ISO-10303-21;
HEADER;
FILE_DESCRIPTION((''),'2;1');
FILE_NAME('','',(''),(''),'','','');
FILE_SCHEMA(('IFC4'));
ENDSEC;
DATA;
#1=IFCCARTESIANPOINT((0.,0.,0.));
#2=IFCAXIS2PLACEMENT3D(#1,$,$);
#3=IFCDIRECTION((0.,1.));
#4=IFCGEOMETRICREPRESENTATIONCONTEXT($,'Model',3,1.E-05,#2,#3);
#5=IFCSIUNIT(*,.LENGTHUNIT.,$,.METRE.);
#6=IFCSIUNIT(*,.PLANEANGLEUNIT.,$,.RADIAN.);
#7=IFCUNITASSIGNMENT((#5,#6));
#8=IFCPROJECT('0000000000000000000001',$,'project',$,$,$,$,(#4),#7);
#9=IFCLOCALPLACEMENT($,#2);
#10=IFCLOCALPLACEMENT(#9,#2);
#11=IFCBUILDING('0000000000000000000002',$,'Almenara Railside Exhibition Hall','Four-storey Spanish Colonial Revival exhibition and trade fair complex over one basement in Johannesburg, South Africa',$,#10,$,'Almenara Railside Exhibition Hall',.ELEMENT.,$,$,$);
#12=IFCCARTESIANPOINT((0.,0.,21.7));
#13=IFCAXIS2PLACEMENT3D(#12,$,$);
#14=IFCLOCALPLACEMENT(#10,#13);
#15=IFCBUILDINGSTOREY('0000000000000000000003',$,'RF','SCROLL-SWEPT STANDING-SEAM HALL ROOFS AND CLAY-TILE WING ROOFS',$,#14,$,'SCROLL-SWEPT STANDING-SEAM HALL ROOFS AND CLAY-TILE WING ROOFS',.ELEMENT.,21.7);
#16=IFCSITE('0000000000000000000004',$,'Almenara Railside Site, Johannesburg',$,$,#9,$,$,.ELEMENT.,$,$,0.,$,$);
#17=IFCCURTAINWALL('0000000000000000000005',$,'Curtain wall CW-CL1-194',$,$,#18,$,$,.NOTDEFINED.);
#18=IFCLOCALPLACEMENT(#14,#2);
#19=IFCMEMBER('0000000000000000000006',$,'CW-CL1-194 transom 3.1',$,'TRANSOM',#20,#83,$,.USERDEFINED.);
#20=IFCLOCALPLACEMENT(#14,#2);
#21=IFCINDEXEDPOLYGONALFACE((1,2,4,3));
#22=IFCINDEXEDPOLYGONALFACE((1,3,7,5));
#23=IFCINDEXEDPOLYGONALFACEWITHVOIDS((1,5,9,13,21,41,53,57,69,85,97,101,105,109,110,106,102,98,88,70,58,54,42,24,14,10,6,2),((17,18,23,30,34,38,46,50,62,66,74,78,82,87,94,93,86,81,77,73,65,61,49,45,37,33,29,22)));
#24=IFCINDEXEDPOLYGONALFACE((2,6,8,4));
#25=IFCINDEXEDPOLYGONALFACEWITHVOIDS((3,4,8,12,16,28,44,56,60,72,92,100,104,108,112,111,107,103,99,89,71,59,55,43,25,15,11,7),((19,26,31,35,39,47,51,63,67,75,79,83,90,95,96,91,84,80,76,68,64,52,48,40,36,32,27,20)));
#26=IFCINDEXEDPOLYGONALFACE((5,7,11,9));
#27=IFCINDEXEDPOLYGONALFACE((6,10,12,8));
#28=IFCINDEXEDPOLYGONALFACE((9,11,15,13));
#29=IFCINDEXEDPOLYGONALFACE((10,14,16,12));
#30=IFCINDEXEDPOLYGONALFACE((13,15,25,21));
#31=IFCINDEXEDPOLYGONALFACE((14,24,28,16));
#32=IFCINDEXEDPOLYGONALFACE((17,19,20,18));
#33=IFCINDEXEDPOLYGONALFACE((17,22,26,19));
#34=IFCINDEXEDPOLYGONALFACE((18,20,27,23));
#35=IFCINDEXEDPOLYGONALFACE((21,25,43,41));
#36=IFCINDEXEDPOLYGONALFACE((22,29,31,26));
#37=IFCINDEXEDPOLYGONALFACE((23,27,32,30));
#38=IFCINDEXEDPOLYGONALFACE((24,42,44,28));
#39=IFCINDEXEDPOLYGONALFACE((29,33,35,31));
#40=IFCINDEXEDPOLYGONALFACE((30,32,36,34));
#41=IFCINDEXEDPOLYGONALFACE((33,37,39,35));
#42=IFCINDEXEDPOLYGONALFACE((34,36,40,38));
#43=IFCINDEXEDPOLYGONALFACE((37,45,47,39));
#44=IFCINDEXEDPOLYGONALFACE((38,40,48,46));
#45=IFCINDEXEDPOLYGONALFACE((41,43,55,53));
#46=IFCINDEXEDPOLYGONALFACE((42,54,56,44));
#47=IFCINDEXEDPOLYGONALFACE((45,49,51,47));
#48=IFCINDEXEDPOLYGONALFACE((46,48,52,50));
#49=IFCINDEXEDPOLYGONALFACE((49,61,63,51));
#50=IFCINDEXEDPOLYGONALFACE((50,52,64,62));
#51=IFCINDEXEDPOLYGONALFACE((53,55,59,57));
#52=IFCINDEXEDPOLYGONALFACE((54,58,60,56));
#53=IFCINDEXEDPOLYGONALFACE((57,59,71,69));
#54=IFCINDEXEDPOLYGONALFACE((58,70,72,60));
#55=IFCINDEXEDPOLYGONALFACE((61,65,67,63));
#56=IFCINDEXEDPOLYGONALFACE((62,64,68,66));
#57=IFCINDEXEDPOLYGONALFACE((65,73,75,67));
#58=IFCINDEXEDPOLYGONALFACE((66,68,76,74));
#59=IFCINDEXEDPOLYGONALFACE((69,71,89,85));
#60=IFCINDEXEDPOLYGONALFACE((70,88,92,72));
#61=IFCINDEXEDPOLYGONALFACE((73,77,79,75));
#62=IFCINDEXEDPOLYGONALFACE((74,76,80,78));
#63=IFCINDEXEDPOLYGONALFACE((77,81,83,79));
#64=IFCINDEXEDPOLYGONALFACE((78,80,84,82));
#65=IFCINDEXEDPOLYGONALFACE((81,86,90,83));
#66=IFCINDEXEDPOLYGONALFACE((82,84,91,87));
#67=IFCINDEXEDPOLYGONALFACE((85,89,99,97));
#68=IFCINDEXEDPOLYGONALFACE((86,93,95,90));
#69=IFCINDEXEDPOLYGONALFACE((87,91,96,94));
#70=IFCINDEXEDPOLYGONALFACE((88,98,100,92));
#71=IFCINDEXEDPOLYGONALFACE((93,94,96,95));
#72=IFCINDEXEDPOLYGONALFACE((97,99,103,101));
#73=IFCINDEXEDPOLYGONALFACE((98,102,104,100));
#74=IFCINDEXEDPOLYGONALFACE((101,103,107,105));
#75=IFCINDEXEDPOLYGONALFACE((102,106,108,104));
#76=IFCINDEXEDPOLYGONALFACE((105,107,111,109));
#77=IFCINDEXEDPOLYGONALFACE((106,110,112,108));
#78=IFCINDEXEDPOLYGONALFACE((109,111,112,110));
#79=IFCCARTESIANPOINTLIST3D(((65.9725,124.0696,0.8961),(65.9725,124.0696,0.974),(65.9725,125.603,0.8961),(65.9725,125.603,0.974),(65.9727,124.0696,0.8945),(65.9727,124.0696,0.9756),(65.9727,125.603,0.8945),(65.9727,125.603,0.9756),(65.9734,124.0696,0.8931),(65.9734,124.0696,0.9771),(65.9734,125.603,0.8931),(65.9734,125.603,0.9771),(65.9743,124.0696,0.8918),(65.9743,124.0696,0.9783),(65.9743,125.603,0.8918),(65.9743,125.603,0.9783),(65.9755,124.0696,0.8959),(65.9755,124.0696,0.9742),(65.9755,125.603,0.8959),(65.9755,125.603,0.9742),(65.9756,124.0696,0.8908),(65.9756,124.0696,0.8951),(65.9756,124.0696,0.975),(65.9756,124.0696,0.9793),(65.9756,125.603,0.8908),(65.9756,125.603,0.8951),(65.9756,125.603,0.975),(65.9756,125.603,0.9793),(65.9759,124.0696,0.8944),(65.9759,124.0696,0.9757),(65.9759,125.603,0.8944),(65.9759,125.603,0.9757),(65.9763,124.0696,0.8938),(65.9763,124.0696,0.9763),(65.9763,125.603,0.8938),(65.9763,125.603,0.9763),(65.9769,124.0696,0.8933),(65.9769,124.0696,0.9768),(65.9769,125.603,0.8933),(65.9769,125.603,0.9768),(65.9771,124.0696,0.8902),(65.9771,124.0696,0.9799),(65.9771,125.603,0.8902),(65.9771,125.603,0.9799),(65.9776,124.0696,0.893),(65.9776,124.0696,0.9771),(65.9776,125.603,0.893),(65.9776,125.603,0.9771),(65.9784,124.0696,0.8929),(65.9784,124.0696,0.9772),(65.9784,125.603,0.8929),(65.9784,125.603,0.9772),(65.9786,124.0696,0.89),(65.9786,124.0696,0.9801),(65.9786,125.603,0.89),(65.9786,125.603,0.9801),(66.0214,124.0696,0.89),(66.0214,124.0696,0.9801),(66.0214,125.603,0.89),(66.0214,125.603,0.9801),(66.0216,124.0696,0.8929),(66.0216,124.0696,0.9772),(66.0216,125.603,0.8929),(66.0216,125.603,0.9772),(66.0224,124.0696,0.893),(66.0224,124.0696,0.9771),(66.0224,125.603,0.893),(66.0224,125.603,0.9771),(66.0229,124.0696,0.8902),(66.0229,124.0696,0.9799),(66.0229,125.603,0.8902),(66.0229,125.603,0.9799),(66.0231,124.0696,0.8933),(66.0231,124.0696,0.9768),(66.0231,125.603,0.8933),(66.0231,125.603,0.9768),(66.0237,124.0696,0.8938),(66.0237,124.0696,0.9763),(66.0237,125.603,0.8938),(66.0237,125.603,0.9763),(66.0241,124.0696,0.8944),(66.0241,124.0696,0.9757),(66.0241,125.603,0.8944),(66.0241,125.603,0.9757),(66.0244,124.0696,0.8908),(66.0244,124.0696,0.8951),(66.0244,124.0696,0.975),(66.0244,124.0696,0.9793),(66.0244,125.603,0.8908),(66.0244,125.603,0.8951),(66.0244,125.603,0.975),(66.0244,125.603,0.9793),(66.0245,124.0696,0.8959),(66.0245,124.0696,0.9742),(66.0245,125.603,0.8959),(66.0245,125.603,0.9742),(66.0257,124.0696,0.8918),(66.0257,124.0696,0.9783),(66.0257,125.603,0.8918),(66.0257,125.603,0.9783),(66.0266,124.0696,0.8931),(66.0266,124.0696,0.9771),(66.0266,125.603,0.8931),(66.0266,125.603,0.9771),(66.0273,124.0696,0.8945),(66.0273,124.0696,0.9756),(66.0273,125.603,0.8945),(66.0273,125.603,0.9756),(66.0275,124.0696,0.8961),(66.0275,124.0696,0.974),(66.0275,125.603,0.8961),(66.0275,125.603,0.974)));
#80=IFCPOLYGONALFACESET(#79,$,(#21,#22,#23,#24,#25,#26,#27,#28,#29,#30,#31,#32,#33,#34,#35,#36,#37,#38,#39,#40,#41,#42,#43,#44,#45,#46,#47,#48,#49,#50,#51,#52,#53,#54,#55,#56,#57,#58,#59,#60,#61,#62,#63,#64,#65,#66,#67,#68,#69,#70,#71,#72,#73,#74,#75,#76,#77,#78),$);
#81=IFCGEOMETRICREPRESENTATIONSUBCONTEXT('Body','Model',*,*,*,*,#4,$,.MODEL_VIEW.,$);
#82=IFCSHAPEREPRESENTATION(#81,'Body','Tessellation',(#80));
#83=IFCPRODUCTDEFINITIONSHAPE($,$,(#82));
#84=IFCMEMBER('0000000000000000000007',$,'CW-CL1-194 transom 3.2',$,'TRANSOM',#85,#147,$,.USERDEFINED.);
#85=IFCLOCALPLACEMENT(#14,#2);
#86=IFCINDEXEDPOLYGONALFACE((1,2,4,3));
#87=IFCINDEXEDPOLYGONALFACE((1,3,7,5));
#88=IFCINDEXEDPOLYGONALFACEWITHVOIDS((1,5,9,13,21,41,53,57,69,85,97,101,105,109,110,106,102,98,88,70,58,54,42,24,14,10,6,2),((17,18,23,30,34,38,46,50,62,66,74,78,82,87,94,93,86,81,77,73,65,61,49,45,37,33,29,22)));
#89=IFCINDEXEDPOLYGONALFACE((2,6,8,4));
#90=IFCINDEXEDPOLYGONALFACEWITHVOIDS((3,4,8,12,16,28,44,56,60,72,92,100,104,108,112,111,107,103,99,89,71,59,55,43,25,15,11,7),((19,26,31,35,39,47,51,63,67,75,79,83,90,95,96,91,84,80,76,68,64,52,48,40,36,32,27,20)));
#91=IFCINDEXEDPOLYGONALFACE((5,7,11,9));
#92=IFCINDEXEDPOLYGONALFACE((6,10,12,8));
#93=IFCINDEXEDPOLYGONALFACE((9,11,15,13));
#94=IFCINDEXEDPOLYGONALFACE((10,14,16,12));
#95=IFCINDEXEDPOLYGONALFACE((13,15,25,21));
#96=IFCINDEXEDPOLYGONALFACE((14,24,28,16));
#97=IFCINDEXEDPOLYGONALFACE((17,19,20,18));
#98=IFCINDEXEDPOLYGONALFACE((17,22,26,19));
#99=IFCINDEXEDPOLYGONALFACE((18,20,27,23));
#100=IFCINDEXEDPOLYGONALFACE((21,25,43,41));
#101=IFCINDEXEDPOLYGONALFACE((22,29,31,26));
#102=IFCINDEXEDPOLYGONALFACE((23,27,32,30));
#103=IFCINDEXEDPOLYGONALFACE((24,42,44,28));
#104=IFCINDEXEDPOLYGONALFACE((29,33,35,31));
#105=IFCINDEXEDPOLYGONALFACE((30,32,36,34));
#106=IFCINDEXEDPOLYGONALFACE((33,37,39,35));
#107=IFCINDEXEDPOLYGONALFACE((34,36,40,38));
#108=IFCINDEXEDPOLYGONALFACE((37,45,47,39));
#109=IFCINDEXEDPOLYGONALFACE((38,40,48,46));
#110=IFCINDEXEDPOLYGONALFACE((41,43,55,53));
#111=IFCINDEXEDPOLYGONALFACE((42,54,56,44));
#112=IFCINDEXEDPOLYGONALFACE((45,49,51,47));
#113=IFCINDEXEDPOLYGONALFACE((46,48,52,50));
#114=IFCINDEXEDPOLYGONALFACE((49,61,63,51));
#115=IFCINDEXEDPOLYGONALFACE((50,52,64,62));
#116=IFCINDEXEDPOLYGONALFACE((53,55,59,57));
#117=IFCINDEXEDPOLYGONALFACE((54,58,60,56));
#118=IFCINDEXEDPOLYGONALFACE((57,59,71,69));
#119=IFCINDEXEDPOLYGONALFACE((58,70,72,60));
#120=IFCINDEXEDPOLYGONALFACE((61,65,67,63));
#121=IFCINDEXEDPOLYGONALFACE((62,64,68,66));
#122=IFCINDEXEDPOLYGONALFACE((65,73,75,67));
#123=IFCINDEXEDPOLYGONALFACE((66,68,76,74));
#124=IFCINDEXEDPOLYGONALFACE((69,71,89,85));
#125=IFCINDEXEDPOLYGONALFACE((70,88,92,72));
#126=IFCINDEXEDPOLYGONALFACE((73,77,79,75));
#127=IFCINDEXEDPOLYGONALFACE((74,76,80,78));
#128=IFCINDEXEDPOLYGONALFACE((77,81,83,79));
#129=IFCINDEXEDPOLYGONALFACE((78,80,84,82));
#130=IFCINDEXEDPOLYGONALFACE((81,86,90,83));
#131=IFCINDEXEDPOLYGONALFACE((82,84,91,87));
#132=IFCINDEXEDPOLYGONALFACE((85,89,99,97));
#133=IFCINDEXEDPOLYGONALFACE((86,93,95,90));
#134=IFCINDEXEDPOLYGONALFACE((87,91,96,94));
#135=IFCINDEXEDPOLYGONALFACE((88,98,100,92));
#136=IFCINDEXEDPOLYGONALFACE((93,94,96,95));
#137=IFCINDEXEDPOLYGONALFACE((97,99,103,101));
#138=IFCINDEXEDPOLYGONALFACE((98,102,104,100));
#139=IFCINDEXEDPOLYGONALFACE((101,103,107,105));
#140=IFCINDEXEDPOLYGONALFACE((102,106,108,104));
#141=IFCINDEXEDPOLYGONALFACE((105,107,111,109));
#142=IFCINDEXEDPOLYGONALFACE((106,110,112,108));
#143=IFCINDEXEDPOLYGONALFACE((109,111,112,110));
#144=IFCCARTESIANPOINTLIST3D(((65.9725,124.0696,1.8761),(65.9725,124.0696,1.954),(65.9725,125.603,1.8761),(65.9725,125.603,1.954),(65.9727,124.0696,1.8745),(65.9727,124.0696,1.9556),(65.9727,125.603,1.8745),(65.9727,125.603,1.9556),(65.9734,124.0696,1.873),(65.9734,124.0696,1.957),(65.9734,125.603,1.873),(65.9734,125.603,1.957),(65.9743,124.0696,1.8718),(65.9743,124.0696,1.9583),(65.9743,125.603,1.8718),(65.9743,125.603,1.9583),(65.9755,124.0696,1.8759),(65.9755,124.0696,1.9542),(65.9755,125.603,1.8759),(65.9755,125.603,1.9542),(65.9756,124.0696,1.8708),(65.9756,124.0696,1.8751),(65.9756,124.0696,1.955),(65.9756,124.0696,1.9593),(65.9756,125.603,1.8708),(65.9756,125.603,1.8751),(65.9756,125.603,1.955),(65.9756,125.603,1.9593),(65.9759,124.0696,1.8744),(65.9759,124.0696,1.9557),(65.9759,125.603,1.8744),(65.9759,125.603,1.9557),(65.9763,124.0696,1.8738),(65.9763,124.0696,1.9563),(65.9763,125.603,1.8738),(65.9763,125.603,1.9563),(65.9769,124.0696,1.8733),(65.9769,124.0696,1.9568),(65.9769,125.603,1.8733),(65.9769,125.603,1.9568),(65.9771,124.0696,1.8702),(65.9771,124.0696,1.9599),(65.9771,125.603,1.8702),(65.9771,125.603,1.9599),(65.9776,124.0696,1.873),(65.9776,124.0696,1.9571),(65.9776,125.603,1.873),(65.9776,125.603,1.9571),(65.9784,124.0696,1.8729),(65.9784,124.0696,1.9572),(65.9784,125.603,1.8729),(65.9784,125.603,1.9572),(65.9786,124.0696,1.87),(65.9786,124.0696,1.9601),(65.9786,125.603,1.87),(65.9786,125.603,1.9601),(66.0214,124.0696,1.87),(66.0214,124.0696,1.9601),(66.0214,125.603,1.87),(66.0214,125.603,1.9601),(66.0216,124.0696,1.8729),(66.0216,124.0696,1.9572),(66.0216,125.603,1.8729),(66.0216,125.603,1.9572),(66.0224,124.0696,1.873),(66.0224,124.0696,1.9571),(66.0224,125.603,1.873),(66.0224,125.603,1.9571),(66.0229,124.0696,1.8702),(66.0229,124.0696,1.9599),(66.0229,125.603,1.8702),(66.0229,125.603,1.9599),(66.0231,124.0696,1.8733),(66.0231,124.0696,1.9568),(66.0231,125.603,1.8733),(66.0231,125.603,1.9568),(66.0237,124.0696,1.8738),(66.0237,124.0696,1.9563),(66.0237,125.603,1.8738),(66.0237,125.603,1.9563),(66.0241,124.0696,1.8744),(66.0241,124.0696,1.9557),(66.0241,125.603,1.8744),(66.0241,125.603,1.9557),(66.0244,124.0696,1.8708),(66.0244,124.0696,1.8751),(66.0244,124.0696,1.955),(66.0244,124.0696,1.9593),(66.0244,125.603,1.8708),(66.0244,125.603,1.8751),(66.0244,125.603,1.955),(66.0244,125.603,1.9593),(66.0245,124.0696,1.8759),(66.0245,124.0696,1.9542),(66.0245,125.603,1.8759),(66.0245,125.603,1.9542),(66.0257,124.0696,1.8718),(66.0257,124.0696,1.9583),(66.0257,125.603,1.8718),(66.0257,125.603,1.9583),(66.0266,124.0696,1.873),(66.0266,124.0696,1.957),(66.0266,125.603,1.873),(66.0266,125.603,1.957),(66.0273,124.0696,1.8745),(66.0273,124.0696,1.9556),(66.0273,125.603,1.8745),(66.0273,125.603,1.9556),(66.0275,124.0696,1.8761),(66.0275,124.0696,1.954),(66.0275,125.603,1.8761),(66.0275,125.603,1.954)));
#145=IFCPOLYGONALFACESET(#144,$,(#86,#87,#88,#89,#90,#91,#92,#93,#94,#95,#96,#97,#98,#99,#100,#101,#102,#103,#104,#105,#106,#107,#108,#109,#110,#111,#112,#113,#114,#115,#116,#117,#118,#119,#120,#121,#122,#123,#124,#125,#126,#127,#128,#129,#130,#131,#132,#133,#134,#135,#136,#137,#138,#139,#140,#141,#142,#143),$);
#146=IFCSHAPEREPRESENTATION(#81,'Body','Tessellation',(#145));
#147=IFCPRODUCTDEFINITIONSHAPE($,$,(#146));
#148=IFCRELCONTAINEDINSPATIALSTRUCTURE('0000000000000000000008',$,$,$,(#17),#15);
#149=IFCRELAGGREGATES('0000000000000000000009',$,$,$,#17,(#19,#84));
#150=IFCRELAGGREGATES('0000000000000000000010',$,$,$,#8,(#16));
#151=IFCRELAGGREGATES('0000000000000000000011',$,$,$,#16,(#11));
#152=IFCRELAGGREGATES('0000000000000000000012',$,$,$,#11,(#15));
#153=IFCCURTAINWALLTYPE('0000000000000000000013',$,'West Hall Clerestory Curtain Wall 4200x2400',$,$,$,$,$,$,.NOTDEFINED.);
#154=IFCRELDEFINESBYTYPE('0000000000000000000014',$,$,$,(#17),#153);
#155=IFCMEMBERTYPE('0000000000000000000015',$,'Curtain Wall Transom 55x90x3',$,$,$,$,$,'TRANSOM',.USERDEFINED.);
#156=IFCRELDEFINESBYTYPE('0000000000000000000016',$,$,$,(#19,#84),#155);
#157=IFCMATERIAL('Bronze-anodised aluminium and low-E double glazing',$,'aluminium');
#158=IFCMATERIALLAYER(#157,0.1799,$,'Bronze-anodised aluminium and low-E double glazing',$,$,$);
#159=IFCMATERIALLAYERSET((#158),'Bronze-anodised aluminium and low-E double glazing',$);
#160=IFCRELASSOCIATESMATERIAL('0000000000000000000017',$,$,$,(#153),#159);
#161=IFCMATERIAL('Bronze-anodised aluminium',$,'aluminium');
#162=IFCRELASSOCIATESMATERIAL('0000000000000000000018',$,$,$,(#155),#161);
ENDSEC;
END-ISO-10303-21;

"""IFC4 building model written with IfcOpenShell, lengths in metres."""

from ifc_helpers import new_model, si_unit, direction, frame, origin, origin_2d, place, context, subcontext, project, spatial, hollow_rectangle, extrude, material, layer, layer_set, material_profile, profile_set, type_object, element, aggregate, save


model = new_model("IFC4")

# Units and contexts
model_context = context("Model", 3, precision=1e-05, world=origin(), true_north=direction((0.0, 1.0)))
body_context = subcontext(model_context, "Body", "Model", "MODEL_VIEW")
ifc_project = project(units=[si_unit("LENGTHUNIT", "METRE"), si_unit("PLANEANGLEUNIT", "RADIAN")], contexts=[model_context])

# Site, building, storey
site_placement = place(None, origin())
site = spatial("IfcSite", under=ifc_project, at=site_placement, Name="Almenara Railside Site, Johannesburg", CompositionType="ELEMENT", RefElevation=0.0)
building_placement = place(site_placement, origin())
building = spatial("IfcBuilding", under=site, at=building_placement, Name="Almenara Railside Exhibition Hall", Description="Four-storey Spanish Colonial Revival exhibition and trade fair complex over one basement in Johannesburg, South Africa", LongName="Almenara Railside Exhibition Hall", CompositionType="ELEMENT")
storey_placement = place(building_placement, frame((0.0, 0.0, 21.7)))
storey = spatial("IfcBuildingStorey", under=building, at=storey_placement, Name="RF", Description="SCROLL-SWEPT STANDING-SEAM HALL ROOFS AND CLAY-TILE WING ROOFS", LongName="SCROLL-SWEPT STANDING-SEAM HALL ROOFS AND CLAY-TILE WING ROOFS", CompositionType="ELEMENT", Elevation=21.7)

# Curtain wall
ifc_material_1 = material(Name="Bronze-anodised aluminium and low-E double glazing", Category="aluminium")
ifc_layer_1 = layer(ifc_material_1, 0.1799, Name="Bronze-anodised aluminium and low-E double glazing")
ifc_layer_set_1 = layer_set([ifc_layer_1], Name="Bronze-anodised aluminium and low-E double glazing")
curtain_wall_type = type_object("IfcCurtainWallType", Name="West Hall Clerestory Curtain Wall 4200x2400", PredefinedType="NOTDEFINED", material=ifc_layer_set_1)
curtain_wall_1_placement = place(storey_placement, origin())
curtain_wall_1 = element("IfcCurtainWall", 1, at=curtain_wall_1_placement, inside=storey, type_object=curtain_wall_type, Name="Curtain wall CW-CL1-194", PredefinedType="NOTDEFINED")
ifc_material_2 = material(Name="Bronze-anodised aluminium", Category="aluminium")

# Members
ifc_material_profile_1 = material_profile(ifc_material_2, hollow_rectangle(XDim=0.0549, YDim=0.0901, WallThickness=0.0029, InnerFilletRadius=0.0029, OuterFilletRadius=0.0061, at=origin_2d()), Name="ALU-TRN 55x90x3")
ifc_profile_set_1 = profile_set([ifc_material_profile_1], Name="Bronze-anodised aluminium")
member_type_1 = type_object("IfcMemberType", Name="Curtain Wall Transom 55x90x3", ElementType="TRANSOM", PredefinedType="USERDEFINED", material=ifc_profile_set_1)
member_1_placement = place(storey_placement, frame((66.0, 124.0696, 0.9351), z_axis=(0.0, 1.0, 0.0), x_axis=(-1.0, 0.0, 0.0)))
member_1 = element("IfcMember", 2, at=member_1_placement, type_object=member_type_1, Name="CW-CL1-194 transom 3.1", ObjectType="TRANSOM", PredefinedType="USERDEFINED", context=body_context, shape_type="SweptSolid", body=[
    extrude(hollow_rectangle(XDim=0.0549, YDim=0.0901, WallThickness=0.0029, InnerFilletRadius=0.0029, OuterFilletRadius=0.0061, at=origin_2d()), origin(), (0.0, 0.0, 1.0), 1.5334),
])
member_2_placement = place(storey_placement, frame((66.0, 124.0696, 1.915), z_axis=(0.0, 1.0, 0.0), x_axis=(-1.0, 0.0, 0.0)))
member_2 = element("IfcMember", 3, at=member_2_placement, type_object=member_type_1, Name="CW-CL1-194 transom 3.2", ObjectType="TRANSOM", PredefinedType="USERDEFINED", context=body_context, shape_type="SweptSolid", body=[
    extrude(hollow_rectangle(XDim=0.0549, YDim=0.0901, WallThickness=0.0029, InnerFilletRadius=0.0029, OuterFilletRadius=0.0061, at=origin_2d()), origin(), (0.0, 0.0, 1.0), 1.5334),
])

aggregate(curtain_wall_1, [member_1, member_2])

save(model, "model.ifc")
